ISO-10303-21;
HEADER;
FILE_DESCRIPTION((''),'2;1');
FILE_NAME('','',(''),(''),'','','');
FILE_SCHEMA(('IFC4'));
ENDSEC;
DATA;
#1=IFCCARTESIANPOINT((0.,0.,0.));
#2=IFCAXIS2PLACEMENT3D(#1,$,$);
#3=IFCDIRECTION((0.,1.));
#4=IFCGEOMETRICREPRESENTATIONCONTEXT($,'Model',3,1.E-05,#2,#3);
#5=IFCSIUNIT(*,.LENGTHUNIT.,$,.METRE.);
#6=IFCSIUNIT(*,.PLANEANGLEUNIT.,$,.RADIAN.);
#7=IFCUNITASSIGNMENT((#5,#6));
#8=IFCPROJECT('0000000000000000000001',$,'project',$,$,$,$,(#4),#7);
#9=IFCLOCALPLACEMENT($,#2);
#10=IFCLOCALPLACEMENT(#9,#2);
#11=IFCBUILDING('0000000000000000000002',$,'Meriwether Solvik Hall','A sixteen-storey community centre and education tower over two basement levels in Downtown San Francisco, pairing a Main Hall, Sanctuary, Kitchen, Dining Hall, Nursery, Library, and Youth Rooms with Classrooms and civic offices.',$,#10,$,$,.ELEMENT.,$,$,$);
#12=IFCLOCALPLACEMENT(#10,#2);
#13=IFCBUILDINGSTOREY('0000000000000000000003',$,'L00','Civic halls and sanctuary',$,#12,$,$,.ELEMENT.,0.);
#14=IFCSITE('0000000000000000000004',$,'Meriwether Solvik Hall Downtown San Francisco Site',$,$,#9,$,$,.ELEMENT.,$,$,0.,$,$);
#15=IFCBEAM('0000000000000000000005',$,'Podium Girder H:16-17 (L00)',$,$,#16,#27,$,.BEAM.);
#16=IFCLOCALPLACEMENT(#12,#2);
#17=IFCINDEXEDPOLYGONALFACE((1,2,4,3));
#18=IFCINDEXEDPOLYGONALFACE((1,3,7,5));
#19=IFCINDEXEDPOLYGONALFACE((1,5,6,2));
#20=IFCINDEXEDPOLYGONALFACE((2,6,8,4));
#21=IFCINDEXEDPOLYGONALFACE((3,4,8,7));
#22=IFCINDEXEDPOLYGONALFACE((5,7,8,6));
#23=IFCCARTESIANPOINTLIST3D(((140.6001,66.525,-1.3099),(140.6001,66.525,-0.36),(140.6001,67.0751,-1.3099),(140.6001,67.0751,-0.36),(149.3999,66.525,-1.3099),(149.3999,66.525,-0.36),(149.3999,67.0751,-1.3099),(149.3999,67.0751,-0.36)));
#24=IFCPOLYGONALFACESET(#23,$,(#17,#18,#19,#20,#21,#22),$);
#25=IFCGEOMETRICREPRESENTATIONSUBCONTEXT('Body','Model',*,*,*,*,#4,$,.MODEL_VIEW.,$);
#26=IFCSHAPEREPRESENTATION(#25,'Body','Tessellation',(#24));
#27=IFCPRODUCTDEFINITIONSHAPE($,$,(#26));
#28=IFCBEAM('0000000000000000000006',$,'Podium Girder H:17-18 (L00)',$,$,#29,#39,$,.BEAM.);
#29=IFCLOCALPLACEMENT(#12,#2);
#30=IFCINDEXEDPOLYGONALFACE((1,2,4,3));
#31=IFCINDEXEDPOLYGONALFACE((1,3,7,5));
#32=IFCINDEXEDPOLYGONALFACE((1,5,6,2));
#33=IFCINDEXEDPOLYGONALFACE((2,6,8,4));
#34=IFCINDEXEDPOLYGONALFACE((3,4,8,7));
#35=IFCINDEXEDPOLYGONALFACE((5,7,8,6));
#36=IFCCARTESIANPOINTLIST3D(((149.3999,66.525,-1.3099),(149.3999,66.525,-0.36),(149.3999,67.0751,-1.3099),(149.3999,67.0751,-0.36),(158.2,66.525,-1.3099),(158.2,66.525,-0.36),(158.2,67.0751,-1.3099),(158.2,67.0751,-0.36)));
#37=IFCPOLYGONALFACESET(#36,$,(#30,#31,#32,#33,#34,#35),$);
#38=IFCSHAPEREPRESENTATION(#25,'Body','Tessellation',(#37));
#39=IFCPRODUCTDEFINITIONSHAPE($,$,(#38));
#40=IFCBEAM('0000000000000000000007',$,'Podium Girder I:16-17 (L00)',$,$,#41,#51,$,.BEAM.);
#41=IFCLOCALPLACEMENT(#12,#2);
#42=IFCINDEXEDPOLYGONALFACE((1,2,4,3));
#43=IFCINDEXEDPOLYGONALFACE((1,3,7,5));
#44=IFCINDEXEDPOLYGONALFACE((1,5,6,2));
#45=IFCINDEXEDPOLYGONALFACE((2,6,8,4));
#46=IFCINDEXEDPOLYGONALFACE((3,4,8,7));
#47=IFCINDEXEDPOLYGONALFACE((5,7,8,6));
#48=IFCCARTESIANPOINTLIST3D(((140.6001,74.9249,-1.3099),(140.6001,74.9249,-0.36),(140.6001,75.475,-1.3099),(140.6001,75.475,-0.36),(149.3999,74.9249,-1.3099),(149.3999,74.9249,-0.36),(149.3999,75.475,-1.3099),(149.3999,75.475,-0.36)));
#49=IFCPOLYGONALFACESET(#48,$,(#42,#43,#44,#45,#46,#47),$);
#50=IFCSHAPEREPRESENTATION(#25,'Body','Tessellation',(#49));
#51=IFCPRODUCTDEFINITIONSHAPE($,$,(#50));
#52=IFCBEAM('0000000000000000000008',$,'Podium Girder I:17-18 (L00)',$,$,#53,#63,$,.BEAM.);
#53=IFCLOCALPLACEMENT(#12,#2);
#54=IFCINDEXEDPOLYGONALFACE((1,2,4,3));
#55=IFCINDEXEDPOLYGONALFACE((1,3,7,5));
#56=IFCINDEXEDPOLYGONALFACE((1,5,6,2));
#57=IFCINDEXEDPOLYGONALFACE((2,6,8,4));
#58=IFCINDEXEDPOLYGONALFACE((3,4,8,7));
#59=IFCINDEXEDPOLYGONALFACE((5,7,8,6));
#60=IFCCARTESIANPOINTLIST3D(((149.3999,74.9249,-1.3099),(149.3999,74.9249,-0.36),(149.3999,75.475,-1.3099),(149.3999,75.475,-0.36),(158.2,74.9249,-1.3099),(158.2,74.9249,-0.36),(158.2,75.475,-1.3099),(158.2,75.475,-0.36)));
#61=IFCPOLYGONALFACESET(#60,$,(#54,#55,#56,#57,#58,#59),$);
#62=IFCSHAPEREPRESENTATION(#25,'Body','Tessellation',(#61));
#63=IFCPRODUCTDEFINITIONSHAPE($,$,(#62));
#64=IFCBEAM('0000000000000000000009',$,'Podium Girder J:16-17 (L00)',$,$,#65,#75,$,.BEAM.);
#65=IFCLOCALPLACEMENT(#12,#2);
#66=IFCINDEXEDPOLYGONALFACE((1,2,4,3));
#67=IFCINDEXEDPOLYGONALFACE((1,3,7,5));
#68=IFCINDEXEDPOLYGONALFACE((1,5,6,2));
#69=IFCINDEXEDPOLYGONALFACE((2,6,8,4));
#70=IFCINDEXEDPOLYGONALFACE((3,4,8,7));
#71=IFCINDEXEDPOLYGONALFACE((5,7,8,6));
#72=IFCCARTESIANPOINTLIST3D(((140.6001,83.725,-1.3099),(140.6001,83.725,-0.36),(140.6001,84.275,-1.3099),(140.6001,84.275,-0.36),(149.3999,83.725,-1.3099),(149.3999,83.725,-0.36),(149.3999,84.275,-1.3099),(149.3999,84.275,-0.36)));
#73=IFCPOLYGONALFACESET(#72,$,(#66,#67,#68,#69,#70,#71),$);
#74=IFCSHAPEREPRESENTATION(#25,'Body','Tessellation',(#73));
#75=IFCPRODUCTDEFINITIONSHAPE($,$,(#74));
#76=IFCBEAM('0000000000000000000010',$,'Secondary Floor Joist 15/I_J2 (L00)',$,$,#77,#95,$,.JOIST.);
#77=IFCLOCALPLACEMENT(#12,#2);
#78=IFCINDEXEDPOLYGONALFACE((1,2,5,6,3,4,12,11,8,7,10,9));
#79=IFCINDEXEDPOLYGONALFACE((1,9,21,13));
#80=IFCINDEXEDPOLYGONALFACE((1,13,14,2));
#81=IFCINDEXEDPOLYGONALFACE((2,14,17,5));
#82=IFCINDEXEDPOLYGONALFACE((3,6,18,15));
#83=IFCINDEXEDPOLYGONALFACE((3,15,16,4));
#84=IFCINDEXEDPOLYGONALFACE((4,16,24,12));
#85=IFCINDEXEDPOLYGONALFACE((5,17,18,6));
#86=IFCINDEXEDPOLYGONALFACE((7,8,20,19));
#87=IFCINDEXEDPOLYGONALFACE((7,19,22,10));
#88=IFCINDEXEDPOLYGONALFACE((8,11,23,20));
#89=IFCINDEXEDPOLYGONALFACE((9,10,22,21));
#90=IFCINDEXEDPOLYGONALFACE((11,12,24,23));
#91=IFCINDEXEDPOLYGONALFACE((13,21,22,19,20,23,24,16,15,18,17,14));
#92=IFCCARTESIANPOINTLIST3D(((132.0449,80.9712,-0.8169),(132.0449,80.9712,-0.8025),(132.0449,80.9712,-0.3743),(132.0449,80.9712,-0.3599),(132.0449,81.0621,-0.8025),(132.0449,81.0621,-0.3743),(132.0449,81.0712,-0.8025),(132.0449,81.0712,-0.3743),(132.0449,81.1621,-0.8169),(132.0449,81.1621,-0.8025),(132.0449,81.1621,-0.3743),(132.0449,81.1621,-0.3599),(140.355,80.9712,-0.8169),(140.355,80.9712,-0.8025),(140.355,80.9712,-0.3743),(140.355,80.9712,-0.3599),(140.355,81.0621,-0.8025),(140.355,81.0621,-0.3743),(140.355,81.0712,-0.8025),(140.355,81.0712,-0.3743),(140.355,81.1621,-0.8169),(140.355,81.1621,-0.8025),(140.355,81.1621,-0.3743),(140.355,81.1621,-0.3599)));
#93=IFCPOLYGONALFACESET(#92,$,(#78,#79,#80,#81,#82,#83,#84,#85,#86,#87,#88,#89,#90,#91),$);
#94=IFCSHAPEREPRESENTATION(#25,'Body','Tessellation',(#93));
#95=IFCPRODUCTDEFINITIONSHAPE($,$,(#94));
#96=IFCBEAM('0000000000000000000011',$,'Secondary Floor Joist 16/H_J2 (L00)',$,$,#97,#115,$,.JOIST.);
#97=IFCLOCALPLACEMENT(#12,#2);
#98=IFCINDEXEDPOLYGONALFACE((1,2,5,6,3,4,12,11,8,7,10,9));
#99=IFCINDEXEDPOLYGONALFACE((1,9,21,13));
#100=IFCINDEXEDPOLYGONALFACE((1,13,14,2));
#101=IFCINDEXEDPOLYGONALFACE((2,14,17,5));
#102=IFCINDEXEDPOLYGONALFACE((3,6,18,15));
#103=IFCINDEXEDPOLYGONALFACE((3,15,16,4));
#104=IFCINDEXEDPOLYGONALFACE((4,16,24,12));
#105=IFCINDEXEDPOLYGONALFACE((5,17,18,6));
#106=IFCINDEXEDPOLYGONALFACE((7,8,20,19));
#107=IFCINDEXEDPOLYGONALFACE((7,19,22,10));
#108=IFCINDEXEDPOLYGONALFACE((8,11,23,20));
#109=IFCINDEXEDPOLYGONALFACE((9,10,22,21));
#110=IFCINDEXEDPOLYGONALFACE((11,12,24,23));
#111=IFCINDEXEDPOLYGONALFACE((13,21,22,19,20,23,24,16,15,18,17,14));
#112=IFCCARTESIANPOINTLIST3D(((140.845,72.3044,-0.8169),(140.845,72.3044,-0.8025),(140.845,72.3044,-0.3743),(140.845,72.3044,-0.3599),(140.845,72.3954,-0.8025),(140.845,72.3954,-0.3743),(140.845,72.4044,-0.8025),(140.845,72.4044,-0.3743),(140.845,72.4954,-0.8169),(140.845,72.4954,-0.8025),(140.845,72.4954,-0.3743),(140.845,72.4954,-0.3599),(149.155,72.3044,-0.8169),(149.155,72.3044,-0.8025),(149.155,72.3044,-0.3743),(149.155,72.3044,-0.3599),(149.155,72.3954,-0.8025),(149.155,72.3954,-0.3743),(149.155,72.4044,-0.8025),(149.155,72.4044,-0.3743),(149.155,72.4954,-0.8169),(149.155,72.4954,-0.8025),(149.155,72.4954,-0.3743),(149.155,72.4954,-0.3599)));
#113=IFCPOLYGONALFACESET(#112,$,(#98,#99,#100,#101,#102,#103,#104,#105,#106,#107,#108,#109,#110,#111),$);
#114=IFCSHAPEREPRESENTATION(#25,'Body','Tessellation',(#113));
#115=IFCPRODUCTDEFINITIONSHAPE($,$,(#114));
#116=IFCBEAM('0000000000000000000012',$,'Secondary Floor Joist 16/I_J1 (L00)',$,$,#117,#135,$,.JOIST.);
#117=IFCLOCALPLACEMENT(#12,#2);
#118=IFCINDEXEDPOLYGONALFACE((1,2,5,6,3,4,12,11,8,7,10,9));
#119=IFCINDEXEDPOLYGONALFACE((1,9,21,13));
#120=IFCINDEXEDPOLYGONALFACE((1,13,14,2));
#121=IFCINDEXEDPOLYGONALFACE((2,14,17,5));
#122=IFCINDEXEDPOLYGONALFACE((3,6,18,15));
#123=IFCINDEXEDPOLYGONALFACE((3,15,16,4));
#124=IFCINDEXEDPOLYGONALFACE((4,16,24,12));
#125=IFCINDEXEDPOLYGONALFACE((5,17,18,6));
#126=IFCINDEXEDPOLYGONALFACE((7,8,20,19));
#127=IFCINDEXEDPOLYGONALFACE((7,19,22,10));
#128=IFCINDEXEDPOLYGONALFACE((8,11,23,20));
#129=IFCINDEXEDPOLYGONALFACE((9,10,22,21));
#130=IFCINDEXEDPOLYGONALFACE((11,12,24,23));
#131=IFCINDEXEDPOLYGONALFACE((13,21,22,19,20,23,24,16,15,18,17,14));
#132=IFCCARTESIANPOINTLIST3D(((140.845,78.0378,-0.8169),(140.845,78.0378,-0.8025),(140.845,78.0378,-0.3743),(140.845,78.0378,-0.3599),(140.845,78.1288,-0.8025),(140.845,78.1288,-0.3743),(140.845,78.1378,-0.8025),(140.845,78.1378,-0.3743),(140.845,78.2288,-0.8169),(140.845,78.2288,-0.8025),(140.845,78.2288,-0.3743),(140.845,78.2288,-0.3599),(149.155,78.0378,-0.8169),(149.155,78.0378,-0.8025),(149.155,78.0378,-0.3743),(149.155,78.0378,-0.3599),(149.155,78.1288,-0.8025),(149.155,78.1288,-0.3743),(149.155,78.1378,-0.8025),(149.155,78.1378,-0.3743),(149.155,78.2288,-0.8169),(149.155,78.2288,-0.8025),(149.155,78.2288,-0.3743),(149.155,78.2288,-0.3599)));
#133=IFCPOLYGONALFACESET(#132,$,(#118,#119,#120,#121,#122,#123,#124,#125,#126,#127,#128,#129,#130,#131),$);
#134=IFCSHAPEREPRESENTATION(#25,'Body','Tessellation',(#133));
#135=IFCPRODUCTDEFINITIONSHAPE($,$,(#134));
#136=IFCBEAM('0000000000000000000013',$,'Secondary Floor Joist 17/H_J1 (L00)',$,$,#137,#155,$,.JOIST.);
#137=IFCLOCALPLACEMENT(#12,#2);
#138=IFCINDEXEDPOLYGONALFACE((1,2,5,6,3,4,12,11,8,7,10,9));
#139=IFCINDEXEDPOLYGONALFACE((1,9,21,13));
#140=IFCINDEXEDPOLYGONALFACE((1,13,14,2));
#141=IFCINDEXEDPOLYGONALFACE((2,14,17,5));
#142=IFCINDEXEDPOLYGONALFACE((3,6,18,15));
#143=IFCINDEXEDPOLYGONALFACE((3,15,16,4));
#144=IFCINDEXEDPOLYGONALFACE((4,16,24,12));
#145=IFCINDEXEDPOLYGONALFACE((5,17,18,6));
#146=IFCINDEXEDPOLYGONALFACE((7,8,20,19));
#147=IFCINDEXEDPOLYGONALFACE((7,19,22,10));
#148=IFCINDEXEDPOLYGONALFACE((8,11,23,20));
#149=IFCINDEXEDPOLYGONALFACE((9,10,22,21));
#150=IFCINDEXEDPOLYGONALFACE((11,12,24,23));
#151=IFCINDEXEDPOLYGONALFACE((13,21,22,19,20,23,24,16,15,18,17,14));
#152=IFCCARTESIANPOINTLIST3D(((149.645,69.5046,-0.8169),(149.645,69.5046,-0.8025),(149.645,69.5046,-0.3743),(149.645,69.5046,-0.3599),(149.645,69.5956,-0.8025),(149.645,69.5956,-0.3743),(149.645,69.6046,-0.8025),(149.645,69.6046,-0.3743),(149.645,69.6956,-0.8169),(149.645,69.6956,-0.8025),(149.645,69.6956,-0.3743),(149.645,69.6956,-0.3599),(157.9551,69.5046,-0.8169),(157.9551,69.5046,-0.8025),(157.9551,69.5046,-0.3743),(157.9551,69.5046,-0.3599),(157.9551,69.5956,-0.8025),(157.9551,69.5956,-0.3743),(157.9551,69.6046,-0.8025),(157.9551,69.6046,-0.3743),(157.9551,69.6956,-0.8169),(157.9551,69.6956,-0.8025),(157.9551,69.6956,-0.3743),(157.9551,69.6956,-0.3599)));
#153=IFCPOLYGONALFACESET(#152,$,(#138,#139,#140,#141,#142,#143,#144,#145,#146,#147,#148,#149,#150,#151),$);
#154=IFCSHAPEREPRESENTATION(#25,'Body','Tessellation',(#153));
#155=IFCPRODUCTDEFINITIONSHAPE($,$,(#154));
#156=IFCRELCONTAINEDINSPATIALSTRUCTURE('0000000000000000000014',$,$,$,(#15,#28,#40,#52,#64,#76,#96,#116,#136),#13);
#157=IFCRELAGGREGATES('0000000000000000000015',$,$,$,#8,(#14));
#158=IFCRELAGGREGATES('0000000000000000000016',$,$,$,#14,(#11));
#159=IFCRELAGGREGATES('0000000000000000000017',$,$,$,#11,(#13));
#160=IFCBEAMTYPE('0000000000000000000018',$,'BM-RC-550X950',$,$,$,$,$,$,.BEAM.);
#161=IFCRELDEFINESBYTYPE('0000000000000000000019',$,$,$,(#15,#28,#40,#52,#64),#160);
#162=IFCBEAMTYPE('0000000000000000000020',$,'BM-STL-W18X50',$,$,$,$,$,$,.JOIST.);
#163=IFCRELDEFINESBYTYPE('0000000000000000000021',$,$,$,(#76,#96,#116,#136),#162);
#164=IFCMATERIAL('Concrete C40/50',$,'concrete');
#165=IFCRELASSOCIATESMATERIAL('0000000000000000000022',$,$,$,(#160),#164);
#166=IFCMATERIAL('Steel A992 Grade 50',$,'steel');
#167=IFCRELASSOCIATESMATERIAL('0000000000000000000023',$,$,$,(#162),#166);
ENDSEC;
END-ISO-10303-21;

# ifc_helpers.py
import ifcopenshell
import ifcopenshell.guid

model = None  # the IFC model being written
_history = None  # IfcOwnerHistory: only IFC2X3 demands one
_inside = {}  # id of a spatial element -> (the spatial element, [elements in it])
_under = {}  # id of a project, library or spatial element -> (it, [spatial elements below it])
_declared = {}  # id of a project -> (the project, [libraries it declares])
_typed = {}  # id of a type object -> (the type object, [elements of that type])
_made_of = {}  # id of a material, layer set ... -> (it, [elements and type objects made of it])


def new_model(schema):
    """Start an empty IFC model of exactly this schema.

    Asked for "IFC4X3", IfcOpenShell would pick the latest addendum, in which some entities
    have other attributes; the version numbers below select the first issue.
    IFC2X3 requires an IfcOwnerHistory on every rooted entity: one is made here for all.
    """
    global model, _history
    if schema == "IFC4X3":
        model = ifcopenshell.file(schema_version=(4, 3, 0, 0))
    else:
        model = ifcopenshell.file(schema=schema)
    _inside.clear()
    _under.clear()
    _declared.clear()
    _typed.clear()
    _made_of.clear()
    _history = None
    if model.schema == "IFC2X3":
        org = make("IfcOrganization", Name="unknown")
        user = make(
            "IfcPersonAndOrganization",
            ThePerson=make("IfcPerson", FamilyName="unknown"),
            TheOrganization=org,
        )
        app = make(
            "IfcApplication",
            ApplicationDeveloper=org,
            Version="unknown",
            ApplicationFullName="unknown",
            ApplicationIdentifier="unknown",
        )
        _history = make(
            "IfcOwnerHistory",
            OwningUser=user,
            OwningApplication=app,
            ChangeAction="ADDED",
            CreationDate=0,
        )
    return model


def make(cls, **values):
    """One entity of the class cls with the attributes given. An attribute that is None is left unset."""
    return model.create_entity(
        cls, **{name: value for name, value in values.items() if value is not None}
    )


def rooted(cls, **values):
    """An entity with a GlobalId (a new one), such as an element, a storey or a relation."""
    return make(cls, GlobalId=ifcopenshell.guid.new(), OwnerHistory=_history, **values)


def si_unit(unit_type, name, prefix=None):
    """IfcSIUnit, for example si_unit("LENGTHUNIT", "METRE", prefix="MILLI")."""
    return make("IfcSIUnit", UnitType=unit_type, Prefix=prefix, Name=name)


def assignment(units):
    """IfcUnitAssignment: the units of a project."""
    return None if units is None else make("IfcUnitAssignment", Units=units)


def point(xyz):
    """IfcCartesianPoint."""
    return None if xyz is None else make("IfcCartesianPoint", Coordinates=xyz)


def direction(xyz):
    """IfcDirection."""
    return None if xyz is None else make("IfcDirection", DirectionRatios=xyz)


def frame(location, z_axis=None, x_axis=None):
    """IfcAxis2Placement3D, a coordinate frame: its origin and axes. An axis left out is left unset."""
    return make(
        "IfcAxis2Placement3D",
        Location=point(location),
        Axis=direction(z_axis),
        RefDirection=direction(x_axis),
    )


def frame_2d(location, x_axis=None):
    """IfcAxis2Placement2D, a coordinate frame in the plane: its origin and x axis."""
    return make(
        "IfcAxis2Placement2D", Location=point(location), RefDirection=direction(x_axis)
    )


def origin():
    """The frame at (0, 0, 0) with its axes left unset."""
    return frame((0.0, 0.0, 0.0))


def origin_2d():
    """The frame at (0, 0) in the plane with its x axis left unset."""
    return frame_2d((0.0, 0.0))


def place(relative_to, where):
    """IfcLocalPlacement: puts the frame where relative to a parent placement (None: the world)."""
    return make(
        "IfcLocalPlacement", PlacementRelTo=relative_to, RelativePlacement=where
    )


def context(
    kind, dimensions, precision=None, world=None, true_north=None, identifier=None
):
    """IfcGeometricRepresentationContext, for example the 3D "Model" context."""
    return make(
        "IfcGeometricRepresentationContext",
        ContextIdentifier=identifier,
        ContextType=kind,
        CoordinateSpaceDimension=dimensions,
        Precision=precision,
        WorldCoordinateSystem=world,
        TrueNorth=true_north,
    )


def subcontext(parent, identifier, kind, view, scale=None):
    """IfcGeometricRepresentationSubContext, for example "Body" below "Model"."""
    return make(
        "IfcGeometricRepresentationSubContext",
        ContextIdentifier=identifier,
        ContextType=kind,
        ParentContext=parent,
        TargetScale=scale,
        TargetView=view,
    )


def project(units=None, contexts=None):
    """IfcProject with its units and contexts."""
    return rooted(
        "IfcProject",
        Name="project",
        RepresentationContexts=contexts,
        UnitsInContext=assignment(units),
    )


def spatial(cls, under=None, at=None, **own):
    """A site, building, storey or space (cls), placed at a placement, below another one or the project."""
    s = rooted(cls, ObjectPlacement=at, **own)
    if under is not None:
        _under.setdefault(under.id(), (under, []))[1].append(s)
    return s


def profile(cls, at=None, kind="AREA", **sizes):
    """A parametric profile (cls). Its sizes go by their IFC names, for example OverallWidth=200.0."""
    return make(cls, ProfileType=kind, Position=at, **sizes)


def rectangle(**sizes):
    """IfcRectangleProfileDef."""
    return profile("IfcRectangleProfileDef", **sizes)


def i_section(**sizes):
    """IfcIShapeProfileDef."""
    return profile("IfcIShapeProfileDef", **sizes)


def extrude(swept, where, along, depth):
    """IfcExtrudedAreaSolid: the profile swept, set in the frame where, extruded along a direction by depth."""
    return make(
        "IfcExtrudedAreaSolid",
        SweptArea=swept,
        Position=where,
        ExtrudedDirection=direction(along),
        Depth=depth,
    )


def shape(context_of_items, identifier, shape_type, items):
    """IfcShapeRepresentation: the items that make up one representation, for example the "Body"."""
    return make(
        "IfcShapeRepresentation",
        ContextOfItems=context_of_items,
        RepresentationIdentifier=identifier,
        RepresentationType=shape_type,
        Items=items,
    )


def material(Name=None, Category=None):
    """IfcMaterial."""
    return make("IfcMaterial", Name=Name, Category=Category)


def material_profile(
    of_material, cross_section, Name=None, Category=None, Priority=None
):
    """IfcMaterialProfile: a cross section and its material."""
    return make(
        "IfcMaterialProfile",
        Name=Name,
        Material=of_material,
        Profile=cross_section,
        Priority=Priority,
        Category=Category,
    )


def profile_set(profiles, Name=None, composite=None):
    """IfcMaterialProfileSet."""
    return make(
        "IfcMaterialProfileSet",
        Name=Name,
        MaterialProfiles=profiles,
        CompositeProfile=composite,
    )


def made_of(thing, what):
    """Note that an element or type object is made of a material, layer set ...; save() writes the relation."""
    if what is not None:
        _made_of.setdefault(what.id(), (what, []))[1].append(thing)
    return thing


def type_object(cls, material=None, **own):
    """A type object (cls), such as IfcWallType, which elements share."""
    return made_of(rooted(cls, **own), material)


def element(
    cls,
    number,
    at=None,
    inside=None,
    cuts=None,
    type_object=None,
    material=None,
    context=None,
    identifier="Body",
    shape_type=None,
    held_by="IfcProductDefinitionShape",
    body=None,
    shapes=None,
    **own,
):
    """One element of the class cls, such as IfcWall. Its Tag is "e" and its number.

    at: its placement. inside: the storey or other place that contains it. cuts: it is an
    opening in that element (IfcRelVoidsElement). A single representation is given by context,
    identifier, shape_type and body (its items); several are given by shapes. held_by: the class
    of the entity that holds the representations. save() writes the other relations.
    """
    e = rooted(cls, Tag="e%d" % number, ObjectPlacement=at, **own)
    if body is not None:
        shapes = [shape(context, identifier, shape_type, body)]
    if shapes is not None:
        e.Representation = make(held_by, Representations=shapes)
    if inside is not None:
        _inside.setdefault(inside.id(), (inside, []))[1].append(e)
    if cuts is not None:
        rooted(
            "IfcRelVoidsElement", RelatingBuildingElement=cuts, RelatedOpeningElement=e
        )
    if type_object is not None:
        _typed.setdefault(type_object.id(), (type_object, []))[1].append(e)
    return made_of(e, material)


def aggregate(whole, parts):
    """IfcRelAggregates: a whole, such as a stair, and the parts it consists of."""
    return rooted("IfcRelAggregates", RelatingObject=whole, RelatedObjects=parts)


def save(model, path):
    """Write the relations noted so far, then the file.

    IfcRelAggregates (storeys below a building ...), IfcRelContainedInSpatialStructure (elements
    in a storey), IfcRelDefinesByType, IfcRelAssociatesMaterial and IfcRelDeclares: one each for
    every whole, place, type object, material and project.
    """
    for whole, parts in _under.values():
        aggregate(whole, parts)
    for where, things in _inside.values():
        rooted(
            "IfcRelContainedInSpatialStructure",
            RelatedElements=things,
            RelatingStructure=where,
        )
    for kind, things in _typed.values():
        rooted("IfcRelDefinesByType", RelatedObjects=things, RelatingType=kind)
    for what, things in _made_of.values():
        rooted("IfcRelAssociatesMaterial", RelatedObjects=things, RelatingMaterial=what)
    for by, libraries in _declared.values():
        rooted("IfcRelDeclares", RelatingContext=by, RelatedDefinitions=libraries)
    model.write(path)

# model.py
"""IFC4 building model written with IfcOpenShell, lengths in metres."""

from ifc_helpers import new_model, si_unit, direction, frame, origin, origin_2d, place, context, subcontext, project, spatial, rectangle, i_section, extrude, material, material_profile, profile_set, type_object, element, save


model = new_model("IFC4")

# Units and contexts
model_context = context("Model", 3, precision=1e-05, world=origin(), true_north=direction((0.0, 1.0)))
body_context = subcontext(model_context, "Body", "Model", "MODEL_VIEW")
ifc_project = project(units=[si_unit("LENGTHUNIT", "METRE"), si_unit("PLANEANGLEUNIT", "RADIAN")], contexts=[model_context])

# Site, building, storey
site_placement = place(None, origin())
site = spatial("IfcSite", under=ifc_project, at=site_placement, Name="Meriwether Solvik Hall Downtown San Francisco Site", CompositionType="ELEMENT", RefElevation=0.0)
building_placement = place(site_placement, origin())
building = spatial("IfcBuilding", under=site, at=building_placement, Name="Meriwether Solvik Hall", Description="A sixteen-storey community centre and education tower over two basement levels in Downtown San Francisco, pairing a Main Hall, Sanctuary, Kitchen, Dining Hall, Nursery, Library, and Youth Rooms with Classrooms and civic offices.", CompositionType="ELEMENT")
storey_placement = place(building_placement, origin())
storey = spatial("IfcBuildingStorey", under=building, at=storey_placement, Name="L00", Description="Civic halls and sanctuary", CompositionType="ELEMENT", Elevation=0.0)

# Beams
ifc_material_1 = material(Name="Concrete C40/50", Category="concrete")
ifc_material_profile_1 = material_profile(ifc_material_1, rectangle(XDim=0.55, YDim=0.95, at=origin_2d()), Name="RCB-550X950")
ifc_profile_set_1 = profile_set([ifc_material_profile_1], Name="Concrete C40/50")
beam_type_1 = type_object("IfcBeamType", Name="BM-RC-550X950", PredefinedType="BEAM", material=ifc_profile_set_1)
beam_1_placement = place(storey_placement, frame((140.6001, 66.8, -0.835), z_axis=(1.0, 0.0, 0.0), x_axis=(0.0, 1.0, 0.0)))
element("IfcBeam", 1, at=beam_1_placement, inside=storey, type_object=beam_type_1, Name="Podium Girder H:16-17 (L00)", PredefinedType="BEAM", context=body_context, shape_type="SweptSolid", body=[
    extrude(rectangle(XDim=0.55, YDim=0.95, at=origin_2d()), origin(), (0.0, 0.0, 1.0), 8.7998),
])
beam_2_placement = place(storey_placement, frame((149.3999, 66.8, -0.835), z_axis=(1.0, 0.0, 0.0), x_axis=(0.0, 1.0, 0.0)))
element("IfcBeam", 2, at=beam_2_placement, inside=storey, type_object=beam_type_1, Name="Podium Girder H:17-18 (L00)", PredefinedType="BEAM", context=body_context, shape_type="SweptSolid", body=[
    extrude(rectangle(XDim=0.55, YDim=0.95, at=origin_2d()), origin(), (0.0, 0.0, 1.0), 8.8),
])
beam_3_placement = place(storey_placement, frame((140.6001, 75.2, -0.835), z_axis=(1.0, 0.0, 0.0), x_axis=(0.0, 1.0, 0.0)))
element("IfcBeam", 3, at=beam_3_placement, inside=storey, type_object=beam_type_1, Name="Podium Girder I:16-17 (L00)", PredefinedType="BEAM", context=body_context, shape_type="SweptSolid", body=[
    extrude(rectangle(XDim=0.55, YDim=0.95, at=origin_2d()), origin(), (0.0, 0.0, 1.0), 8.7998),
])
beam_4_placement = place(storey_placement, frame((149.3999, 75.2, -0.835), z_axis=(1.0, 0.0, 0.0), x_axis=(0.0, 1.0, 0.0)))
element("IfcBeam", 4, at=beam_4_placement, inside=storey, type_object=beam_type_1, Name="Podium Girder I:17-18 (L00)", PredefinedType="BEAM", context=body_context, shape_type="SweptSolid", body=[
    extrude(rectangle(XDim=0.55, YDim=0.95, at=origin_2d()), origin(), (0.0, 0.0, 1.0), 8.8),
])
beam_5_placement = place(storey_placement, frame((140.6001, 84.0, -0.835), z_axis=(1.0, 0.0, 0.0), x_axis=(0.0, 1.0, 0.0)))
element("IfcBeam", 5, at=beam_5_placement, inside=storey, type_object=beam_type_1, Name="Podium Girder J:16-17 (L00)", PredefinedType="BEAM", context=body_context, shape_type="SweptSolid", body=[
    extrude(rectangle(XDim=0.55, YDim=0.95, at=origin_2d()), origin(), (0.0, 0.0, 1.0), 8.7998),
])
ifc_material_2 = material(Name="Steel A992 Grade 50", Category="steel")
ifc_material_profile_2 = material_profile(ifc_material_2, i_section(OverallWidth=0.1909, OverallDepth=0.457, WebThickness=0.009, FlangeThickness=0.0144, at=origin_2d()), Name="W18X50")
ifc_profile_set_2 = profile_set([ifc_material_profile_2], Name="Steel A992 Grade 50")
beam_type_2 = type_object("IfcBeamType", Name="BM-STL-W18X50", PredefinedType="JOIST", material=ifc_profile_set_2)
for number, where, z_axis, x_axis, name in (
    (6, (132.0449, 81.0667, -0.5884), (1.0, 0.0, 0.0), (0.0, 1.0, 0.0), "Secondary Floor Joist 15/I_J2 (L00)"),
    (7, (140.845, 72.3999, -0.5884), (1.0, 0.0, 0.0), (0.0, 1.0, 0.0), "Secondary Floor Joist 16/H_J2 (L00)"),
    (8, (140.845, 78.1333, -0.5884), (1.0, 0.0, 0.0), (0.0, 1.0, 0.0), "Secondary Floor Joist 16/I_J1 (L00)"),
    (9, (149.645, 69.6001, -0.5884), (1.0, 0.0, 0.0), (0.0, 1.0, 0.0), "Secondary Floor Joist 17/H_J1 (L00)"),
):
    element("IfcBeam", number, at=place(storey_placement, frame(where, z_axis=z_axis, x_axis=x_axis)), inside=storey, type_object=beam_type_2, Name=name, PredefinedType="JOIST", context=body_context, shape_type="SweptSolid", body=[
        extrude(i_section(OverallWidth=0.1909, OverallDepth=0.457, WebThickness=0.009, FlangeThickness=0.0144, at=origin_2d()), origin(), (0.0, 0.0, 1.0), 8.3101),
    ])

save(model, "model.ifc")
